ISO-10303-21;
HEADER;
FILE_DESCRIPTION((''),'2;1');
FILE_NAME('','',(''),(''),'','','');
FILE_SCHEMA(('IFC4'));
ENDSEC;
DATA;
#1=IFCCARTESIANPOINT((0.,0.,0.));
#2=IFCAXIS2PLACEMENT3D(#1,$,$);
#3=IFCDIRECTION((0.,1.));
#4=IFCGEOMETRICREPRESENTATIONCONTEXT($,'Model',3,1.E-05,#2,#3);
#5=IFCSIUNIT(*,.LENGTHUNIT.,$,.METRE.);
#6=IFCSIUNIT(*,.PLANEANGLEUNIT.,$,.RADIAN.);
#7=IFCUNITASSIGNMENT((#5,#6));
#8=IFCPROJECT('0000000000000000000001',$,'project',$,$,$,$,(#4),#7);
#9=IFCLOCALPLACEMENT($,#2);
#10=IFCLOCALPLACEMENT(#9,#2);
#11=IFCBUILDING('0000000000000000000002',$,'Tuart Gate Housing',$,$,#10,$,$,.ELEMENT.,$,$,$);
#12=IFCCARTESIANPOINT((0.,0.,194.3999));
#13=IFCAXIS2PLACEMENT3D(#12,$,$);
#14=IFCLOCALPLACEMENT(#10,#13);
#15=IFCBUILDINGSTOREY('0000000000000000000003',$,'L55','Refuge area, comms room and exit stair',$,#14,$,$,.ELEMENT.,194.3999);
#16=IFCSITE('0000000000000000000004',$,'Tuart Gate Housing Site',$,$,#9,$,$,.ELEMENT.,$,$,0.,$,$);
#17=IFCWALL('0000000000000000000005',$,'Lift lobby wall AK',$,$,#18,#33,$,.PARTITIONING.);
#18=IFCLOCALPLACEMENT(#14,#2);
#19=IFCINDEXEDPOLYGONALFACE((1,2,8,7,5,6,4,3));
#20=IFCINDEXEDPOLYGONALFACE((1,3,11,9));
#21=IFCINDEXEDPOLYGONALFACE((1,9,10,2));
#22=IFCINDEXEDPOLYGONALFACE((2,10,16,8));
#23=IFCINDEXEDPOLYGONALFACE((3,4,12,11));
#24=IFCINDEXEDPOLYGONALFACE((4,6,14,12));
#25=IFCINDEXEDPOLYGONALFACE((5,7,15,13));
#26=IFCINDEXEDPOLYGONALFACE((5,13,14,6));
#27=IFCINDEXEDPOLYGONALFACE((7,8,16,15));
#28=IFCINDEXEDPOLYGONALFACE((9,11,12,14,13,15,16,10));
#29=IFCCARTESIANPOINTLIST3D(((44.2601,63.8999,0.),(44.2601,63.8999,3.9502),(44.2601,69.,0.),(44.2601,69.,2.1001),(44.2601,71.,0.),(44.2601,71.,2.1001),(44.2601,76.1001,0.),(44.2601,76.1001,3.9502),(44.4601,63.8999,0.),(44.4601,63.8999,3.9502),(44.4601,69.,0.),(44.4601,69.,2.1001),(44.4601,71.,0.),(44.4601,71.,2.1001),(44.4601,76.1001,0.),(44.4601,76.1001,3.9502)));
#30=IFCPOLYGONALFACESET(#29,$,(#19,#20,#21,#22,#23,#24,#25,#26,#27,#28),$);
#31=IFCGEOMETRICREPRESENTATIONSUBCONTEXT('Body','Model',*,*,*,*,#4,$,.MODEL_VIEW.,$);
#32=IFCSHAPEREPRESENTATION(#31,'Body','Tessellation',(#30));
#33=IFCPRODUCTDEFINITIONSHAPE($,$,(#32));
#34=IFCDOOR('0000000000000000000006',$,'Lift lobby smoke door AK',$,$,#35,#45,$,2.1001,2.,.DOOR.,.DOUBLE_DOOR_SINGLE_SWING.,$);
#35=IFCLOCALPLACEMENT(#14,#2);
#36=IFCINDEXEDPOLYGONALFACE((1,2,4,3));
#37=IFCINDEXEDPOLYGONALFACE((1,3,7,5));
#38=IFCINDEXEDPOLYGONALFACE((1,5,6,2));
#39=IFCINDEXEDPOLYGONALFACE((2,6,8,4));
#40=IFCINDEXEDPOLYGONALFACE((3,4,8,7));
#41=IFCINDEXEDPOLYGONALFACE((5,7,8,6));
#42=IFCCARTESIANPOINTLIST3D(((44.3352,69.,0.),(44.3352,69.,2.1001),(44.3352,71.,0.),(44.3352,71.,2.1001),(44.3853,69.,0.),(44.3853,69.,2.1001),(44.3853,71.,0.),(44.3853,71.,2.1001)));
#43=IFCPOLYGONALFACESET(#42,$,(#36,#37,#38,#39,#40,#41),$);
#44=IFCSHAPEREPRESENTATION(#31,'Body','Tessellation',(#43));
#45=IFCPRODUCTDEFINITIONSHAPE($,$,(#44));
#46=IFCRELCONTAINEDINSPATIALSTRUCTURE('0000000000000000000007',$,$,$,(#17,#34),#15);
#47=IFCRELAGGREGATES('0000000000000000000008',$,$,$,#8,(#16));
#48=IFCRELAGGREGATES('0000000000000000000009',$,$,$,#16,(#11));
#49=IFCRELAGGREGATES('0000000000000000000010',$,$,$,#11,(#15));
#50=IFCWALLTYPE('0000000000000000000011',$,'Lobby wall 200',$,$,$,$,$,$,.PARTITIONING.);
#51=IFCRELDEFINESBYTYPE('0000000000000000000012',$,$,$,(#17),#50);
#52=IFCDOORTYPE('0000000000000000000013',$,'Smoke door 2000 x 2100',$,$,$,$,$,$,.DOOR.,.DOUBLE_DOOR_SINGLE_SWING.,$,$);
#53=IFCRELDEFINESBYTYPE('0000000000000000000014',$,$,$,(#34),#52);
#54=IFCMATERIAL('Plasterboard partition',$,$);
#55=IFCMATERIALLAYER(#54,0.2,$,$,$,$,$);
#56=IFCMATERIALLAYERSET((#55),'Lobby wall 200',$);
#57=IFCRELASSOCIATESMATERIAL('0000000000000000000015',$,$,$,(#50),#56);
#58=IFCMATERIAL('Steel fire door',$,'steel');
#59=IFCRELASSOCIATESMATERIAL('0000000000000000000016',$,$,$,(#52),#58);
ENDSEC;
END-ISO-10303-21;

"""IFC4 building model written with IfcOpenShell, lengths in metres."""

from ifc_helpers import new_model, si_unit, direction, frame, frame_2d, origin, place, context, subcontext, project, spatial, rectangle, extrude, material, layer, layer_set, type_object, element, fill, save


model = new_model("IFC4")

# Units and contexts
model_context = context("Model", 3, precision=1e-05, world=origin(), true_north=direction((0.0, 1.0)))
body_context = subcontext(model_context, "Body", "Model", "MODEL_VIEW")
ifc_project = project(units=[si_unit("LENGTHUNIT", "METRE"), si_unit("PLANEANGLEUNIT", "RADIAN")], contexts=[model_context])

# Site, building, storey
site_placement = place(None, origin())
site = spatial("IfcSite", under=ifc_project, at=site_placement, Name="Tuart Gate Housing Site", CompositionType="ELEMENT", RefElevation=0.0)
building_placement = place(site_placement, origin())
building = spatial("IfcBuilding", under=site, at=building_placement, Name="Tuart Gate Housing", CompositionType="ELEMENT")
storey_placement = place(building_placement, frame((0.0, 0.0, 194.3999)))
storey = spatial("IfcBuildingStorey", under=building, at=storey_placement, Name="L55", Description="Refuge area, comms room and exit stair", CompositionType="ELEMENT", Elevation=194.3999)

# Wall, opening, door
ifc_material_1 = material(Name="Plasterboard partition")
ifc_layer_1 = layer(ifc_material_1, 0.2)
ifc_layer_set_1 = layer_set([ifc_layer_1], Name="Lobby wall 200")
wall_type_1 = type_object("IfcWallType", Name="Lobby wall 200", PredefinedType="PARTITIONING", material=ifc_layer_set_1)
ifc_material_2 = material(Name="Steel fire door", Category="steel")
door_type_1 = type_object("IfcDoorType", Name="Smoke door 2000 x 2100", OperationType="DOUBLE_DOOR_SINGLE_SWING", PredefinedType="DOOR", material=ifc_material_2)
wall_1_placement = place(storey_placement, frame((44.3601, 63.8999, 0.0), z_axis=(0.0, 0.0, 1.0), x_axis=(0.0, 1.0, 0.0)))
wall_1 = element("IfcWall", 1, at=wall_1_placement, inside=storey, type_object=wall_type_1, Name="Lift lobby wall AK", PredefinedType="PARTITIONING", context=body_context, shape_type="SweptSolid", body=[
    extrude(rectangle(XDim=12.2002, YDim=0.2, at=frame_2d((6.1001, 0.0))), origin(), (0.0, 0.0, 1.0), 3.9502),
])
opening_1_placement = place(wall_1_placement, frame((5.1001, 0.0, 0.0)))
opening_1 = element("IfcOpeningElement", 2, at=opening_1_placement, cuts=wall_1, PredefinedType="OPENING", context=body_context, shape_type="SweptSolid", body=[
    extrude(rectangle(XDim=2.0, YDim=2.1001, at=frame_2d((1.0, 1.05))), frame((0.0, 0.1099, 0.0), z_axis=(0.0, -1.0, 0.0), x_axis=(1.0, 0.0, 0.0)), (0.0, 0.0, 1.0), 0.22),
])
door_1_placement = place(opening_1_placement, origin())
door_1 = element("IfcDoor", 3, at=door_1_placement, inside=storey, type_object=door_type_1, Name="Lift lobby smoke door AK", OperationType="DOUBLE_DOOR_SINGLE_SWING", OverallHeight=2.1001, OverallWidth=2.0, PredefinedType="DOOR", context=body_context, shape_type="SweptSolid", body=[
    extrude(rectangle(XDim=2.0, YDim=2.1001, at=frame_2d((1.0, 1.05))), frame((0.0, 0.0249, 0.0), z_axis=(0.0, -1.0, 0.0), x_axis=(1.0, 0.0, 0.0)), (0.0, 0.0, 1.0), 0.05),
])
fill(opening_1, door_1)

save(model, "model.ifc")
